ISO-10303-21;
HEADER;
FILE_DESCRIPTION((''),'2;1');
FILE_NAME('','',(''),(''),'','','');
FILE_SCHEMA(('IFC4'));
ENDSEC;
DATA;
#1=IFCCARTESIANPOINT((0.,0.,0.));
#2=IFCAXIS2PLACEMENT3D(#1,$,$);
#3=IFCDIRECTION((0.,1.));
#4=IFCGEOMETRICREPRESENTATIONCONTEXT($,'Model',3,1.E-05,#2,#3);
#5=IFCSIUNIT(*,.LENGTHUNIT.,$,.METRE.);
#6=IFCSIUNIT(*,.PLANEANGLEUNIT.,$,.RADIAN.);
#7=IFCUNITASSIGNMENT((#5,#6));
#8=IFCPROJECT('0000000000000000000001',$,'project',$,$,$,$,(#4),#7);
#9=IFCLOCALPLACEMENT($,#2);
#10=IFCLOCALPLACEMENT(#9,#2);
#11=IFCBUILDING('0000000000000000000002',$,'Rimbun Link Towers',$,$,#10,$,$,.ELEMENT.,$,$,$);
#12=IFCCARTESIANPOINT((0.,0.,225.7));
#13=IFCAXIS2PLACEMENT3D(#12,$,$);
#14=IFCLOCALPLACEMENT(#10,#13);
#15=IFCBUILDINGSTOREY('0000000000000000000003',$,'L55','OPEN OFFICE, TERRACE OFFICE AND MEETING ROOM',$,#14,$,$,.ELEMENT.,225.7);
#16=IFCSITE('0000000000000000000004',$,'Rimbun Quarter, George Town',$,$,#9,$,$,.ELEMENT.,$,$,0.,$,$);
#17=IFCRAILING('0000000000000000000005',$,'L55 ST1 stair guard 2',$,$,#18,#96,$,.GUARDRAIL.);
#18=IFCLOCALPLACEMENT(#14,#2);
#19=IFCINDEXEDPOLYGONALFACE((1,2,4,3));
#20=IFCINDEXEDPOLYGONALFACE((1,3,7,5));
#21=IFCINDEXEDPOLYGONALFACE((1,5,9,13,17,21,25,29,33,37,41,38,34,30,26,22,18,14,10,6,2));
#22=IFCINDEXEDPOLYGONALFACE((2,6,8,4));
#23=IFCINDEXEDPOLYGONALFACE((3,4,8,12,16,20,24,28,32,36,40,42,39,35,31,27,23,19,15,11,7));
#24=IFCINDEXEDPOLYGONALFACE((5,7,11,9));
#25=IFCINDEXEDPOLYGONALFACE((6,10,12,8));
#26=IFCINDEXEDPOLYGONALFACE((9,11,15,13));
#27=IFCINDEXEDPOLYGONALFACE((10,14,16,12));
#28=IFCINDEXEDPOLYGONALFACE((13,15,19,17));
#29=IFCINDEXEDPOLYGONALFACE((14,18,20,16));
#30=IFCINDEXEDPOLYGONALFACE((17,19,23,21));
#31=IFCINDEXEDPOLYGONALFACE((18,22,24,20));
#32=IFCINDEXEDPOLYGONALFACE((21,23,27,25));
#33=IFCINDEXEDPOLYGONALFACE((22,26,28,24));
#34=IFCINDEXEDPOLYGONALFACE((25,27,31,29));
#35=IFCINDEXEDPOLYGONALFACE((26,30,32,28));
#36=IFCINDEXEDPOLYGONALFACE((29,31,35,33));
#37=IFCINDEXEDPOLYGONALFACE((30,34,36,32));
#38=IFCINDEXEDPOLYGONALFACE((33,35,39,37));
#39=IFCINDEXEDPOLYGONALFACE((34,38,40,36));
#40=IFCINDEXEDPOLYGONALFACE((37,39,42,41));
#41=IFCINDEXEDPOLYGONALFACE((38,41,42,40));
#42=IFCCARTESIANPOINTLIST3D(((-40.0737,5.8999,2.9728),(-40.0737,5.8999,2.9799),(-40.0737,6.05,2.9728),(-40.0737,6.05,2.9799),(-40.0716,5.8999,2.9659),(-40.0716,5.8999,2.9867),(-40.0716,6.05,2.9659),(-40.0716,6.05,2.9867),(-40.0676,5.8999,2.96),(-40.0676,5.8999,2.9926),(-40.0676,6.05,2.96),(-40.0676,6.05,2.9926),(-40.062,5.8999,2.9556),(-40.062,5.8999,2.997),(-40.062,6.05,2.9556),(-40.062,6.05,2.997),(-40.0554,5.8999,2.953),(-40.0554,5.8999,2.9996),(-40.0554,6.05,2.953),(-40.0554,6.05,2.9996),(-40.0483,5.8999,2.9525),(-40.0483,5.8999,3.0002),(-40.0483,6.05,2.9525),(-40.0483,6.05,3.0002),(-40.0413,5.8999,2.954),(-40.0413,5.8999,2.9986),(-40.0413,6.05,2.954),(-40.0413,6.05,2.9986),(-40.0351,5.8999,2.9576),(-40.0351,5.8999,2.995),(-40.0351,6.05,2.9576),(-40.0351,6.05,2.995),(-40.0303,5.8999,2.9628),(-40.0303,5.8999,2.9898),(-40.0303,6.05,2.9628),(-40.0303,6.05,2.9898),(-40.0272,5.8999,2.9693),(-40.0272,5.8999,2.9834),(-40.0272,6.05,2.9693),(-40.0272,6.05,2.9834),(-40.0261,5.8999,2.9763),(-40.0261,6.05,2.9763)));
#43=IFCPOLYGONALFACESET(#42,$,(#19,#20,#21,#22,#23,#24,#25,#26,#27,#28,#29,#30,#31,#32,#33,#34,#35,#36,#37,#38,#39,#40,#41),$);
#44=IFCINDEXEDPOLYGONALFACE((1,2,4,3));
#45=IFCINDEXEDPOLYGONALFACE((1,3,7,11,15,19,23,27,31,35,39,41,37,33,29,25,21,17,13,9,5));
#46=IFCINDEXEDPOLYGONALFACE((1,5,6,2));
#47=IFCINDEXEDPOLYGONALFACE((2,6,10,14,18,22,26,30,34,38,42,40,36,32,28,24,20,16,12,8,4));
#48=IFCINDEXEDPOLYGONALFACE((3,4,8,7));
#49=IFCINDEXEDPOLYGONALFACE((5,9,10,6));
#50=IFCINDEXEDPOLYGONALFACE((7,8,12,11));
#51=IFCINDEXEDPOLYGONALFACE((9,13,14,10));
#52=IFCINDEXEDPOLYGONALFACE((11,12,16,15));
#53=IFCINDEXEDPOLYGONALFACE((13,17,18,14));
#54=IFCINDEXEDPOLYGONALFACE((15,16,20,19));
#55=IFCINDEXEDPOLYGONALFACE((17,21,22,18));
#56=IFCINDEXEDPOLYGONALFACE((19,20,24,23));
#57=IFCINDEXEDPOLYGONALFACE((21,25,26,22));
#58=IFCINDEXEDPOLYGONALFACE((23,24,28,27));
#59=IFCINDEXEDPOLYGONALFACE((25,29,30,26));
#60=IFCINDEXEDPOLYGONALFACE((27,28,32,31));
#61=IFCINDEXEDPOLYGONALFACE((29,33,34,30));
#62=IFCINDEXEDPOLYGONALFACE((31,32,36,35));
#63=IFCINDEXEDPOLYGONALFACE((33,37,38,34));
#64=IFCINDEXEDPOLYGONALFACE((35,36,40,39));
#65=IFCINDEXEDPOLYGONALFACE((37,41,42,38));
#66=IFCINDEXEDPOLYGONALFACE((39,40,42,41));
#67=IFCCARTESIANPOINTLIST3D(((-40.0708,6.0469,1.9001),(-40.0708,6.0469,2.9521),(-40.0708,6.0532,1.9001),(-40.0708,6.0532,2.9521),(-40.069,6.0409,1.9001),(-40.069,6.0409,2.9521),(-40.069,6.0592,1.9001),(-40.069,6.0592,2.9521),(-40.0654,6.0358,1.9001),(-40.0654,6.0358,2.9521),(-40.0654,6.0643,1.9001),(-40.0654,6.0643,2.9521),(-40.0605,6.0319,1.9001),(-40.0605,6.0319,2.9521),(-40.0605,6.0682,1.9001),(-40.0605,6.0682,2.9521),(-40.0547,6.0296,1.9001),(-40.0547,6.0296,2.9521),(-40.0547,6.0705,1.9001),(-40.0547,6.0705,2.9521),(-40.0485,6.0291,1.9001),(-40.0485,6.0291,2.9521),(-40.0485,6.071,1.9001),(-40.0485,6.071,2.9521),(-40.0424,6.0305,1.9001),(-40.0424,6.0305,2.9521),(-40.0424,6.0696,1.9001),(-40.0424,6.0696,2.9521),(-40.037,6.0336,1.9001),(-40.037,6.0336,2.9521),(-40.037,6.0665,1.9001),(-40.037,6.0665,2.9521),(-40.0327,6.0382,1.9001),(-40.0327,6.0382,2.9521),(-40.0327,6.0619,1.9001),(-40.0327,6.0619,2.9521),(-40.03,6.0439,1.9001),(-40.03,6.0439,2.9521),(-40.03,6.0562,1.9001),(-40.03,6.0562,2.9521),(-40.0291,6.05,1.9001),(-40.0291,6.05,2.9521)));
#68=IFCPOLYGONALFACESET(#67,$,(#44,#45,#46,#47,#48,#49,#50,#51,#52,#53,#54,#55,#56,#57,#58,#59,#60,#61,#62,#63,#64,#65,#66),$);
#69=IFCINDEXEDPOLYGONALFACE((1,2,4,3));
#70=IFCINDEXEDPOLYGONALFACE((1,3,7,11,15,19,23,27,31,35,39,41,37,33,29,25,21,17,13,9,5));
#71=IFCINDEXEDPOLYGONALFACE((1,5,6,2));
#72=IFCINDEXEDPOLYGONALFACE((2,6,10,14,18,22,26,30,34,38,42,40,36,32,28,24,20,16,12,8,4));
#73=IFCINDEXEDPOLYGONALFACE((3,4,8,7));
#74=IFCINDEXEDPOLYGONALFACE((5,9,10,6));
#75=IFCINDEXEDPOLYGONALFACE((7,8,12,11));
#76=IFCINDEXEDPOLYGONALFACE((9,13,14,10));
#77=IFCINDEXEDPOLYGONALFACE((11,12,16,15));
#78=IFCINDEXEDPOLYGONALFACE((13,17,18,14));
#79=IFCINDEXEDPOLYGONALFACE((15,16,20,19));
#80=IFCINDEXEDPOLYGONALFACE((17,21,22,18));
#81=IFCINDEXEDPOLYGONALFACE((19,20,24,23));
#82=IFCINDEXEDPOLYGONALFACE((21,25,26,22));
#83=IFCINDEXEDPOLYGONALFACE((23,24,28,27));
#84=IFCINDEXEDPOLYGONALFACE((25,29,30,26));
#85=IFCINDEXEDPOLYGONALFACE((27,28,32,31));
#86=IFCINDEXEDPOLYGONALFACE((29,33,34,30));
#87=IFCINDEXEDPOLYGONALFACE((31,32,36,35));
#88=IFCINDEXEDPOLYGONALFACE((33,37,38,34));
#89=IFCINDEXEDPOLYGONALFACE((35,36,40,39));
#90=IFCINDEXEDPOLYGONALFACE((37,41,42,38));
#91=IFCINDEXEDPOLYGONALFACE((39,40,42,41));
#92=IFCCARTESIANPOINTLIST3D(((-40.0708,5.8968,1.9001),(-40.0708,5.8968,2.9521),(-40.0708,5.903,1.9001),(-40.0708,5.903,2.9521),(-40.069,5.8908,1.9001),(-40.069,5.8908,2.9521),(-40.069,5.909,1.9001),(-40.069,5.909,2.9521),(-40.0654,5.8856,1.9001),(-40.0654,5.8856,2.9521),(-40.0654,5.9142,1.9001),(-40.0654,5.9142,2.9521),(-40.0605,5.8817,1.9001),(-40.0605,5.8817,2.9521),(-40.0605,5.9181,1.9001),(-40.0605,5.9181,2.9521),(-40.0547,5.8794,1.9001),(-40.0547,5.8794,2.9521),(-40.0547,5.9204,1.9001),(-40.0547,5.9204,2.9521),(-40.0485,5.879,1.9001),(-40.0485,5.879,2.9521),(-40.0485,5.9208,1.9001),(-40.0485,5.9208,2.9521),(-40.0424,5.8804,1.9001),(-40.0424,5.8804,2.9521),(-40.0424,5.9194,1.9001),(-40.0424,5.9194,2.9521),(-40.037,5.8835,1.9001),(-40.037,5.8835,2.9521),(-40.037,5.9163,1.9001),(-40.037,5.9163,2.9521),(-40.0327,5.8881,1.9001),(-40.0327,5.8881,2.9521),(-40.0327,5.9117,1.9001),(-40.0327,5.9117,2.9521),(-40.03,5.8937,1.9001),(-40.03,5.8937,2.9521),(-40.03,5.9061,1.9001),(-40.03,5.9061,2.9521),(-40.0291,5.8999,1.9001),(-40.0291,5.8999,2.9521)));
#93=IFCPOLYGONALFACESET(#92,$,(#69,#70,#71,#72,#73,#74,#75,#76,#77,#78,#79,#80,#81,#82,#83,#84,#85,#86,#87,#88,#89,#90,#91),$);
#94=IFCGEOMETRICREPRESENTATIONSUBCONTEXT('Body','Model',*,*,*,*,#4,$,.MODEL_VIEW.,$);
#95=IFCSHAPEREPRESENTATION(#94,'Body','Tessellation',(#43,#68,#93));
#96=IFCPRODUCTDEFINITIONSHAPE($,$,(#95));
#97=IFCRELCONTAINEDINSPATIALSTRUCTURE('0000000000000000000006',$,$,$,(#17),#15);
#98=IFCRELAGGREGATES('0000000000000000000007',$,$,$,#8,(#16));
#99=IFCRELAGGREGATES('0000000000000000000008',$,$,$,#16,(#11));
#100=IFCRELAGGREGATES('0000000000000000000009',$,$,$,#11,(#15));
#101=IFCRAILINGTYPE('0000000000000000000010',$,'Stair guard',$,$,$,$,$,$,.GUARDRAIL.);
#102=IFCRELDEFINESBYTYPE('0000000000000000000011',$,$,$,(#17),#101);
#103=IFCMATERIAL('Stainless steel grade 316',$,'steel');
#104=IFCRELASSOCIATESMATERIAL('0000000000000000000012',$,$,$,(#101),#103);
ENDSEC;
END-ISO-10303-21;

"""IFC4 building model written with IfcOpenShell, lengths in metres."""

from ifc_helpers import new_model, si_unit, direction, frame, origin, origin_2d, place, context, subcontext, project, spatial, circle, extrude, material, type_object, element, save


model = new_model("IFC4")

# Units and contexts
model_context = context("Model", 3, precision=1e-05, world=origin(), true_north=direction((0.0, 1.0)))
body_context = subcontext(model_context, "Body", "Model", "MODEL_VIEW")
ifc_project = project(units=[si_unit("LENGTHUNIT", "METRE"), si_unit("PLANEANGLEUNIT", "RADIAN")], contexts=[model_context])

# Site, building, storey
site_placement = place(None, origin())
site = spatial("IfcSite", under=ifc_project, at=site_placement, Name="Rimbun Quarter, George Town", CompositionType="ELEMENT", RefElevation=0.0)
building_placement = place(site_placement, origin())
building = spatial("IfcBuilding", under=site, at=building_placement, Name="Rimbun Link Towers", CompositionType="ELEMENT")
storey_placement = place(building_placement, frame((0.0, 0.0, 225.7)))
storey = spatial("IfcBuildingStorey", under=building, at=storey_placement, Name="L55", Description="OPEN OFFICE, TERRACE OFFICE AND MEETING ROOM", CompositionType="ELEMENT", Elevation=225.7)

# Railing
ifc_material_1 = material(Name="Stainless steel grade 316", Category="steel")
railing_type_1 = type_object("IfcRailingType", Name="Stair guard", PredefinedType="GUARDRAIL", material=ifc_material_1)
railing_1_placement = place(storey_placement, frame((-40.05, 6.05, 1.9001)))
element("IfcRailing", 1, at=railing_1_placement, inside=storey, type_object=railing_type_1, Name="L55 ST1 stair guard 2", PredefinedType="GUARDRAIL", context=body_context, shape_type="SweptSolid", body=[
    extrude(circle(Radius=0.0239, at=origin_2d()), frame((0.0, 0.0, 1.0762), z_axis=(0.0, -1.0, 0.0), x_axis=(1.0, 0.0, 0.0)), (0.0, 0.0, 1.0), 0.1501),
    extrude(circle(Radius=0.021, at=origin_2d()), origin(), (0.0, 0.0, 1.0), 1.052),
    extrude(circle(Radius=0.021, at=origin_2d()), frame((0.0, -0.1501, 0.0)), (0.0, 0.0, 1.0), 1.052),
])

save(model, "model.ifc")
